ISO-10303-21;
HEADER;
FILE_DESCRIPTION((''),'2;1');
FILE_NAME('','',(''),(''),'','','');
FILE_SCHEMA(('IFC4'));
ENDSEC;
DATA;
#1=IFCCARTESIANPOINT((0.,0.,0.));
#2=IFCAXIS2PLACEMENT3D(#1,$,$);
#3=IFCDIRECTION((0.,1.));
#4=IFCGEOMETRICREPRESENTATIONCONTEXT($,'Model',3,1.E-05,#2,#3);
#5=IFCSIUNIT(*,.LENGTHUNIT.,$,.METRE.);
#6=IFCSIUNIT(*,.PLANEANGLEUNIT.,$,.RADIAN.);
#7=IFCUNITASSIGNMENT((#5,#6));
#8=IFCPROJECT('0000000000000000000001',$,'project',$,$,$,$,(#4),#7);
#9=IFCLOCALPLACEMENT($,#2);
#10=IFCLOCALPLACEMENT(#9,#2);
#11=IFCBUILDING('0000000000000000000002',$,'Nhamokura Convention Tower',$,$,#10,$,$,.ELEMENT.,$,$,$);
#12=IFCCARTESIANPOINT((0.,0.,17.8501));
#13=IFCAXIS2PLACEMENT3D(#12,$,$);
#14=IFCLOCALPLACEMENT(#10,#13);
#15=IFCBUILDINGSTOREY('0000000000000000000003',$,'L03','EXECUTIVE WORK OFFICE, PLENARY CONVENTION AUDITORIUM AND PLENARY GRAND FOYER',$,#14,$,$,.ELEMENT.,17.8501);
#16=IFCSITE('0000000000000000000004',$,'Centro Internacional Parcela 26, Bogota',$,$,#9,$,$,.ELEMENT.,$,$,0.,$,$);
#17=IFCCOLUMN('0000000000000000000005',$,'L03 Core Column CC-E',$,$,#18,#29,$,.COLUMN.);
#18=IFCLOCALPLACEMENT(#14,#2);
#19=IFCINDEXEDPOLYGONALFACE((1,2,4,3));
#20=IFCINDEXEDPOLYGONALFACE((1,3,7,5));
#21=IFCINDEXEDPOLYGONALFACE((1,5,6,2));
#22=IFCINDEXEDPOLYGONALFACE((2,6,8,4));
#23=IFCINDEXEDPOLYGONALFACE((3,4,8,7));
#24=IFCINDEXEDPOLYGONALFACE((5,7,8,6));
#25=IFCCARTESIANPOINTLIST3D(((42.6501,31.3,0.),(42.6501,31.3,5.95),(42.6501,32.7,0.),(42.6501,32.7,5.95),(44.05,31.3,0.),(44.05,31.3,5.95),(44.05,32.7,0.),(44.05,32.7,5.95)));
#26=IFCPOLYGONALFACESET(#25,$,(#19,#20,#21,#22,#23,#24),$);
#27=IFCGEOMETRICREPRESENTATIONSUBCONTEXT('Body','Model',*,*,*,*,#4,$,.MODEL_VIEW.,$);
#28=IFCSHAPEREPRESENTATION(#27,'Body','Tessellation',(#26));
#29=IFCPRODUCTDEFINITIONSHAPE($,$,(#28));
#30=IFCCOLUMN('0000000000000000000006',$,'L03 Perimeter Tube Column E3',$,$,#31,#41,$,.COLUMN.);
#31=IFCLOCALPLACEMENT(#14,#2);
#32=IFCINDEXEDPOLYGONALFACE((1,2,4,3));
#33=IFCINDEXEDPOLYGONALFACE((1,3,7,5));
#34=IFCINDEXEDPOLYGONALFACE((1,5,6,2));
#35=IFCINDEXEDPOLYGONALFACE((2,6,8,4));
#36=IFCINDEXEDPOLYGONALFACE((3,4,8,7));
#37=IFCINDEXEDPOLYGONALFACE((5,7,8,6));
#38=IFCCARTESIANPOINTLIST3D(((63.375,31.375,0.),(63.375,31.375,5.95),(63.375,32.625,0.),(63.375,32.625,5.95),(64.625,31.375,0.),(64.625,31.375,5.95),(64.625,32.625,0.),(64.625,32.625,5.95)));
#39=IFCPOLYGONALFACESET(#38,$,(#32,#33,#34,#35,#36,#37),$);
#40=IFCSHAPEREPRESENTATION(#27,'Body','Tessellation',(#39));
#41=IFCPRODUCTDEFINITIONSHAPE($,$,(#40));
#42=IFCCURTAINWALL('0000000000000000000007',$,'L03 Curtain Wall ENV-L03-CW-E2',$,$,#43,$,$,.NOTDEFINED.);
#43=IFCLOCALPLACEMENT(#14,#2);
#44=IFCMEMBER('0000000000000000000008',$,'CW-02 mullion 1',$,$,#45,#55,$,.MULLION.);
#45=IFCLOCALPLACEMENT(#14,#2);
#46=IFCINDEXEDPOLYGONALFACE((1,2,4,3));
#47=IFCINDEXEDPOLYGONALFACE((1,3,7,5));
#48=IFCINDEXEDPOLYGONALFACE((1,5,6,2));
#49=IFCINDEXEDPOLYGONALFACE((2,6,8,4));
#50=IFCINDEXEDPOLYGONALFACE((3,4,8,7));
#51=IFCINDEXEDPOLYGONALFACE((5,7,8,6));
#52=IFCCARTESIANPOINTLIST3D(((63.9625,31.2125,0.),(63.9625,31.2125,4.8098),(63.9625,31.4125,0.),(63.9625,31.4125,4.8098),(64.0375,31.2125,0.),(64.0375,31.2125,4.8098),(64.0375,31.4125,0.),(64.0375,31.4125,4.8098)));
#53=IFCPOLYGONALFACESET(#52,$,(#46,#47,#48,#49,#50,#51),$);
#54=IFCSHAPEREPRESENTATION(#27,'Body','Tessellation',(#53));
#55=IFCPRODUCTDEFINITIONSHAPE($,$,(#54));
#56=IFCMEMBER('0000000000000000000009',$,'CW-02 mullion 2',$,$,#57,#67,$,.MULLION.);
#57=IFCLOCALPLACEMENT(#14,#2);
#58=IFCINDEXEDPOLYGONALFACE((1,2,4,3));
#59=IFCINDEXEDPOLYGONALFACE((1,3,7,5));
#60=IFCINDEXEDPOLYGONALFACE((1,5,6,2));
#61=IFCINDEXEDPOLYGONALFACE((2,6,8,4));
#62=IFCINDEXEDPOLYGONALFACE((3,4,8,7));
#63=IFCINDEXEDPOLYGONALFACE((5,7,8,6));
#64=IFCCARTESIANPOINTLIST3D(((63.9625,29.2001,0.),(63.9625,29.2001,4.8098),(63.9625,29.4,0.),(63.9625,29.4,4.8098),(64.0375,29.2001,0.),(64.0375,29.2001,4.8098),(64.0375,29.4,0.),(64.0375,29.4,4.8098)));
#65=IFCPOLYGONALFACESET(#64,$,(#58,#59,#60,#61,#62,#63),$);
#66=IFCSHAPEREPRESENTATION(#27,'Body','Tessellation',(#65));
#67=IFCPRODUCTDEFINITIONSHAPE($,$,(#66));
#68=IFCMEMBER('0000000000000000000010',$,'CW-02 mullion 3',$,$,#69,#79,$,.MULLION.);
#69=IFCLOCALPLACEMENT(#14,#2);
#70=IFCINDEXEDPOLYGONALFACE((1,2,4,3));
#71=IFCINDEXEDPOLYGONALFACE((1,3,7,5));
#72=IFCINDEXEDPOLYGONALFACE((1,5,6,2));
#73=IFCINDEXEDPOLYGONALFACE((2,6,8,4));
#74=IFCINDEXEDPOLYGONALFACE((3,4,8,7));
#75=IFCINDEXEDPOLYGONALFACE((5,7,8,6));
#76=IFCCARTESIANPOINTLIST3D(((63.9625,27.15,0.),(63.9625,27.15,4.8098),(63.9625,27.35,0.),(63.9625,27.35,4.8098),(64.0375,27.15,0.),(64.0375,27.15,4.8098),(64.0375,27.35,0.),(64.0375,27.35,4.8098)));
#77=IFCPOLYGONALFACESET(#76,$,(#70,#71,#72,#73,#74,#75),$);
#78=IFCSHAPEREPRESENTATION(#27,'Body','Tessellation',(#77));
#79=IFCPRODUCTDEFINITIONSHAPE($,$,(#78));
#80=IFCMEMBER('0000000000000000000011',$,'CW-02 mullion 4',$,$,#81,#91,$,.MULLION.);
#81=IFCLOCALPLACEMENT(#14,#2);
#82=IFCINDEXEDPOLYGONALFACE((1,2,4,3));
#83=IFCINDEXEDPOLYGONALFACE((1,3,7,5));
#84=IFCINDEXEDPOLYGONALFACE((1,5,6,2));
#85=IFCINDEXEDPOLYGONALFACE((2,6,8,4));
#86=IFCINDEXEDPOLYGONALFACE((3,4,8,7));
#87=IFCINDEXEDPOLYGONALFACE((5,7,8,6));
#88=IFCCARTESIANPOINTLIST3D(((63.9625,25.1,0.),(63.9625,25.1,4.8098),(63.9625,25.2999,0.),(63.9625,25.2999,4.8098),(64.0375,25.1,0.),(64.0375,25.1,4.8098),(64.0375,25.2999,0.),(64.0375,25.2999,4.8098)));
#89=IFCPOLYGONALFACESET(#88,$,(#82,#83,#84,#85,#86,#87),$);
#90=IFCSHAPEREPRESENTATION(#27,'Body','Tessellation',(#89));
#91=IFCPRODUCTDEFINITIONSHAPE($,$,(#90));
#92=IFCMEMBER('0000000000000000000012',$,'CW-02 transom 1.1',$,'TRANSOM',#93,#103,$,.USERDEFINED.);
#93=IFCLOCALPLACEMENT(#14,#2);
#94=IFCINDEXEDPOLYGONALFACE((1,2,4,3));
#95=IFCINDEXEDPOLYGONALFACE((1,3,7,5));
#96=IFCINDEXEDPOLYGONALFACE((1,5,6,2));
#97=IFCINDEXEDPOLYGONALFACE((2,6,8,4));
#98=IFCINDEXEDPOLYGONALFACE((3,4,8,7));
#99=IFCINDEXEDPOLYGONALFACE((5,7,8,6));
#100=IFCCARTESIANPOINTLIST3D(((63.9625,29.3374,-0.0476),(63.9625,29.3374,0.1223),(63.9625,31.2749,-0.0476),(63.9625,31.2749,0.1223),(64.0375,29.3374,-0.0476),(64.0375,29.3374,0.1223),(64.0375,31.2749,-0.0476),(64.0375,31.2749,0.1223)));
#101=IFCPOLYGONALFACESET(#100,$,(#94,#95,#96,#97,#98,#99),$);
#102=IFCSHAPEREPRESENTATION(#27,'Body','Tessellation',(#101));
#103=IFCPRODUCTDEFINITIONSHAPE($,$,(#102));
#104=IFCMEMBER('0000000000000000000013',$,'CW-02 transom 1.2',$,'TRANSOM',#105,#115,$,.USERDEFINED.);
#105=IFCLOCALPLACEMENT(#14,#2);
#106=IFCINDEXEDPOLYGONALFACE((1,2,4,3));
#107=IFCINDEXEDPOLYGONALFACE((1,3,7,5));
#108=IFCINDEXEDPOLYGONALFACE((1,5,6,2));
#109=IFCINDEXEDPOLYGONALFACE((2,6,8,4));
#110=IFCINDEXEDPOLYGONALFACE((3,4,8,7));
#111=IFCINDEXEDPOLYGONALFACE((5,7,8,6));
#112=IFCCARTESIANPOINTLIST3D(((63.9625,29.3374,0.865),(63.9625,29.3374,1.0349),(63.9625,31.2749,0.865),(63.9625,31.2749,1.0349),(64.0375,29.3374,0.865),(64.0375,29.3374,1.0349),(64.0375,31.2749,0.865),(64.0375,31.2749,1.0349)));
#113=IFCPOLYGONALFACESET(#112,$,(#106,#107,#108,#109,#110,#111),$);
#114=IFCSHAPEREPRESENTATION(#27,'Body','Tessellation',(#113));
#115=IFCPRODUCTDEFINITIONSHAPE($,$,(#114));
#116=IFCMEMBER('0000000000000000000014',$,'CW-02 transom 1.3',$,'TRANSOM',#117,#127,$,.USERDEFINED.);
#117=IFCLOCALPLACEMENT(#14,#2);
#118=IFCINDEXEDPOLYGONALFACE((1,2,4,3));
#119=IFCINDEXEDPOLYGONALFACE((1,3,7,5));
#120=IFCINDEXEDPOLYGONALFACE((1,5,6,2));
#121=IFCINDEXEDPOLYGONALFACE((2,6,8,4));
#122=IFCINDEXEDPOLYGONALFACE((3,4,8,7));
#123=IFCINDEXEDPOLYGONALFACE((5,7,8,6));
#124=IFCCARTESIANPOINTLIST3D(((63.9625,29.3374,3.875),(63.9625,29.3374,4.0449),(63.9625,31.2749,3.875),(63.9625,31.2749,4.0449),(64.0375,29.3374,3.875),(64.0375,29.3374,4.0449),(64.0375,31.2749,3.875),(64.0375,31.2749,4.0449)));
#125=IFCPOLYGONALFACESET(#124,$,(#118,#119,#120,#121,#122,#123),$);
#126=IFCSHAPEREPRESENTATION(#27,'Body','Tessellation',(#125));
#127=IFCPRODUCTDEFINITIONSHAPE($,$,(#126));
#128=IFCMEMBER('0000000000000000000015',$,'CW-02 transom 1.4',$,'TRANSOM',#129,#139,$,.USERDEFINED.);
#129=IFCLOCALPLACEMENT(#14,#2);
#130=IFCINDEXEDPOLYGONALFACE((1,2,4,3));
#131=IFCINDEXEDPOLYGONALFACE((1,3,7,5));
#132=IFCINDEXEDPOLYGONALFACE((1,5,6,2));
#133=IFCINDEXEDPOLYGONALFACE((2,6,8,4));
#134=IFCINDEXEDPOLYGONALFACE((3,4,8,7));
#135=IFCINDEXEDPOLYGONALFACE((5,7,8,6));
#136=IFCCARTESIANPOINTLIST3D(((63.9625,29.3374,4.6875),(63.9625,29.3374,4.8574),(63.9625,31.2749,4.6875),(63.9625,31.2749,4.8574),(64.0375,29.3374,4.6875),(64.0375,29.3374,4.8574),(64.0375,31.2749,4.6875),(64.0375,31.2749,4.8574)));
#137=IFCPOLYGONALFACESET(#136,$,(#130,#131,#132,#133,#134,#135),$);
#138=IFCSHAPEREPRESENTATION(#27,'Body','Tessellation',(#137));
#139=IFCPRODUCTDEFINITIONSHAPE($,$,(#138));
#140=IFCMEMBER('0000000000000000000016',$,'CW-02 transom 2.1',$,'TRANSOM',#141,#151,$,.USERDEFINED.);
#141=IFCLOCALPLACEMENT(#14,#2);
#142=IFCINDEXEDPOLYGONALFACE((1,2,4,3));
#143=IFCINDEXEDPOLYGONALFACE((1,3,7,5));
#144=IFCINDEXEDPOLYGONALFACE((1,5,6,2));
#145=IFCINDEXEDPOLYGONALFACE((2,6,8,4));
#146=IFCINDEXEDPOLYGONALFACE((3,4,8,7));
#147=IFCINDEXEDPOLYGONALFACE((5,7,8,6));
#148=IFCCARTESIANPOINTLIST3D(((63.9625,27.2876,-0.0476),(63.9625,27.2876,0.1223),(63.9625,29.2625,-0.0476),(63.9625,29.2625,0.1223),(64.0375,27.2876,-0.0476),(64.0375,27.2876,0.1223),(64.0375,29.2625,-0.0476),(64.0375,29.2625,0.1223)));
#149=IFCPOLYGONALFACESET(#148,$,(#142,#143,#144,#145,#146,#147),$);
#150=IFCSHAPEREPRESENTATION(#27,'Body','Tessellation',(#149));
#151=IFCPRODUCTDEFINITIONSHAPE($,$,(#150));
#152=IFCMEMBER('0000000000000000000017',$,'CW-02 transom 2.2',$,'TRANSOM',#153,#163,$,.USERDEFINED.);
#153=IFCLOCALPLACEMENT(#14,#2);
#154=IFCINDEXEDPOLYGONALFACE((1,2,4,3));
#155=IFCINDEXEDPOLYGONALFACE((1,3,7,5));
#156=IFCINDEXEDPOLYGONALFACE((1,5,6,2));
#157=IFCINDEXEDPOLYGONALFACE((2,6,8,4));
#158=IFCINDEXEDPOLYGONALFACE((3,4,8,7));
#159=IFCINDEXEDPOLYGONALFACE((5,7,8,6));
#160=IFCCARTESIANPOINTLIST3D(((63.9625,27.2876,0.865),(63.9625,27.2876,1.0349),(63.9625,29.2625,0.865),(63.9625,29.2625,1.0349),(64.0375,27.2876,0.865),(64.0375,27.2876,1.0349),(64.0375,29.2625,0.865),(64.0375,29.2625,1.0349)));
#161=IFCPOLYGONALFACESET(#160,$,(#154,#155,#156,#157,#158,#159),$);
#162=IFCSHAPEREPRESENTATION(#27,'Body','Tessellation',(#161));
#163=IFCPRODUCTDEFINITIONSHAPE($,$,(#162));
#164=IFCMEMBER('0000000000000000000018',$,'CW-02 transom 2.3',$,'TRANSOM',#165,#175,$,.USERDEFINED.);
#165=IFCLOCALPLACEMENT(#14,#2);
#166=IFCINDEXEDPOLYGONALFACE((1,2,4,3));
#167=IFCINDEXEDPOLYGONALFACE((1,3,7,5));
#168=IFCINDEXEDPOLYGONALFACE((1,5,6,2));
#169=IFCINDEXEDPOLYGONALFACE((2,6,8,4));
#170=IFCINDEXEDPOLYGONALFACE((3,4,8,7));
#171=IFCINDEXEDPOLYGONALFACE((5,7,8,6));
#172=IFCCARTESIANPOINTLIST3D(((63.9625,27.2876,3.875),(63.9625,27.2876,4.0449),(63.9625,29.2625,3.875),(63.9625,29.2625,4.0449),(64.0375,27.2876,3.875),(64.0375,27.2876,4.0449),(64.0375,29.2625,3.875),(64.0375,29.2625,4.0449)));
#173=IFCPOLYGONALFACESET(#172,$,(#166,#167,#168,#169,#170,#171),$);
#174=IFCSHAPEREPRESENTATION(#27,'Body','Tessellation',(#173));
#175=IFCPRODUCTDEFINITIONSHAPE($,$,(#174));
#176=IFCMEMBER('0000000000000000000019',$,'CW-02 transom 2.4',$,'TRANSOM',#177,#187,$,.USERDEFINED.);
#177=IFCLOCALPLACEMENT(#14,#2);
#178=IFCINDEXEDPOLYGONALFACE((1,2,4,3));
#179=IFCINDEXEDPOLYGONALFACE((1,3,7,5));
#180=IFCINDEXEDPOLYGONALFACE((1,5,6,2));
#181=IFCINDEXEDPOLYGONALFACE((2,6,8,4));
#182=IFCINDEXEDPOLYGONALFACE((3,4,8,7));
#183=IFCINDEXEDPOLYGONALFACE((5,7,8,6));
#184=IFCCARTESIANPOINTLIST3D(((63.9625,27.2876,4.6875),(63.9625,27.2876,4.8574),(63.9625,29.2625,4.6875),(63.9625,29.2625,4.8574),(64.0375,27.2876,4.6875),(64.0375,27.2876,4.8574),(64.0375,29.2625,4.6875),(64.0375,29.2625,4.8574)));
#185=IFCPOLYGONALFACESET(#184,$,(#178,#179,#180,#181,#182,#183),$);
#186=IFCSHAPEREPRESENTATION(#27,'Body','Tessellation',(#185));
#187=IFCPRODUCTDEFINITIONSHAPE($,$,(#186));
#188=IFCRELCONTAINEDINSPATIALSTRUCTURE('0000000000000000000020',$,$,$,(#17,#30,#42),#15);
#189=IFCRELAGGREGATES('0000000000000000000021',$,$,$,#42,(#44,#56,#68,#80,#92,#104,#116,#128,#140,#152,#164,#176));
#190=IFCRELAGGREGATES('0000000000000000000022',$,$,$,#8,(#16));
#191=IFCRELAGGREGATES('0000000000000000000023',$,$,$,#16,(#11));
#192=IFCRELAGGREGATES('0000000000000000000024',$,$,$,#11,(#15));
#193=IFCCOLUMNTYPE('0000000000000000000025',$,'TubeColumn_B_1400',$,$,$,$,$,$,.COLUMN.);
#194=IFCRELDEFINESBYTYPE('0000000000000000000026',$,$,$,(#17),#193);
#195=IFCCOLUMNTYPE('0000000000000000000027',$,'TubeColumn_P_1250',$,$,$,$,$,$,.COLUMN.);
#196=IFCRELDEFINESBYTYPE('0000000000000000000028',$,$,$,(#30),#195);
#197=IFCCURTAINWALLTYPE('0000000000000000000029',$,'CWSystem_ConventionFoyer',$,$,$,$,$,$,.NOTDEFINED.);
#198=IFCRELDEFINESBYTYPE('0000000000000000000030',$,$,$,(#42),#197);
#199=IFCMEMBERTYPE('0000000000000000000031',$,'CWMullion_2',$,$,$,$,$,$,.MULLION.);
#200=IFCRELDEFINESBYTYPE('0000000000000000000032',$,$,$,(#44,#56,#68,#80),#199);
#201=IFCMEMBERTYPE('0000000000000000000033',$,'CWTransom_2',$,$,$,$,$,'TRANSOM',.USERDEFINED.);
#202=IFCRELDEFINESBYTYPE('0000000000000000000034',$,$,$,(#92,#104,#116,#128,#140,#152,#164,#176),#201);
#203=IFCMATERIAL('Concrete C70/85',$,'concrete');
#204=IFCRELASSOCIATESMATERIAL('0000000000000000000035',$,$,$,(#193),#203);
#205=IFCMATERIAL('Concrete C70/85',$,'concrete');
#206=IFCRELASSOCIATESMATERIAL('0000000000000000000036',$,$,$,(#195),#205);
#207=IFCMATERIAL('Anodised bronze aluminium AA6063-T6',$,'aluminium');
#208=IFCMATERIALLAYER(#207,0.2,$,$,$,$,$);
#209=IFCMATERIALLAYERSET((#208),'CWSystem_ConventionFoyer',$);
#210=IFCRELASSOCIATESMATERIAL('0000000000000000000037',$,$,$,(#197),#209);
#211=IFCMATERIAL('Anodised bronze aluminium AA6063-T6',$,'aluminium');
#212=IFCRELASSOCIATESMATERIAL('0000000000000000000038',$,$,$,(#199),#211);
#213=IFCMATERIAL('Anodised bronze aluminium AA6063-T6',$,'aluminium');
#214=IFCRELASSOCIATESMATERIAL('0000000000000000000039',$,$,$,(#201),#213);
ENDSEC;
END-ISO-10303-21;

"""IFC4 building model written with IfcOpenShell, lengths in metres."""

from ifc_helpers import new_model, si_unit, direction, frame, origin, origin_2d, place, context, subcontext, project, spatial, rectangle, extrude, material, layer, layer_set, material_profile, profile_set, type_object, element, aggregate, save


model = new_model("IFC4")

# Units and contexts
model_context = context("Model", 3, precision=1e-05, world=origin(), true_north=direction((0.0, 1.0)))
body_context = subcontext(model_context, "Body", "Model", "MODEL_VIEW")
ifc_project = project(units=[si_unit("LENGTHUNIT", "METRE"), si_unit("PLANEANGLEUNIT", "RADIAN")], contexts=[model_context])

# Site, building, storey
site_placement = place(None, origin())
site = spatial("IfcSite", under=ifc_project, at=site_placement, Name="Centro Internacional Parcela 26, Bogota", CompositionType="ELEMENT", RefElevation=0.0)
building_placement = place(site_placement, origin())
building = spatial("IfcBuilding", under=site, at=building_placement, Name="Nhamokura Convention Tower", CompositionType="ELEMENT")
storey_placement = place(building_placement, frame((0.0, 0.0, 17.8501)))
storey = spatial("IfcBuildingStorey", under=building, at=storey_placement, Name="L03", Description="EXECUTIVE WORK OFFICE, PLENARY CONVENTION AUDITORIUM AND PLENARY GRAND FOYER", CompositionType="ELEMENT", Elevation=17.8501)

# Columns
ifc_material_1 = material(Name="Concrete C70/85", Category="concrete")
ifc_material_profile_1 = material_profile(ifc_material_1, rectangle(XDim=1.3999, YDim=1.3999, at=origin_2d()))
ifc_profile_set_1 = profile_set([ifc_material_profile_1], Name="Concrete C70/85")
column_type_1 = type_object("IfcColumnType", Name="TubeColumn_B_1400", PredefinedType="COLUMN", material=ifc_profile_set_1)
column_1_placement = place(storey_placement, frame((43.3501, 32.0, 0.0), z_axis=(0.0, 0.0, 1.0), x_axis=(1.0, 0.0, 0.0)))
element("IfcColumn", 1, at=column_1_placement, inside=storey, type_object=column_type_1, Name="L03 Core Column CC-E", PredefinedType="COLUMN", context=body_context, shape_type="SweptSolid", body=[
    extrude(rectangle(XDim=1.3999, YDim=1.3999, at=origin_2d()), origin(), (0.0, 0.0, 1.0), 5.95),
])
ifc_material_2 = material(Name="Concrete C70/85", Category="concrete")
ifc_material_profile_2 = material_profile(ifc_material_2, rectangle(XDim=1.25, YDim=1.25, at=origin_2d()))
ifc_profile_set_2 = profile_set([ifc_material_profile_2], Name="Concrete C70/85")
column_type_2 = type_object("IfcColumnType", Name="TubeColumn_P_1250", PredefinedType="COLUMN", material=ifc_profile_set_2)
column_2_placement = place(storey_placement, frame((64.0, 32.0, 0.0), z_axis=(0.0, 0.0, 1.0), x_axis=(1.0, 0.0, 0.0)))
element("IfcColumn", 2, at=column_2_placement, inside=storey, type_object=column_type_2, Name="L03 Perimeter Tube Column E3", PredefinedType="COLUMN", context=body_context, shape_type="SweptSolid", body=[
    extrude(rectangle(XDim=1.25, YDim=1.25, at=origin_2d()), origin(), (0.0, 0.0, 1.0), 5.95),
])

# Curtain wall, members
ifc_material_3 = material(Name="Anodised bronze aluminium AA6063-T6", Category="aluminium")
ifc_layer_1 = layer(ifc_material_3, 0.2)
ifc_layer_set_1 = layer_set([ifc_layer_1], Name="CWSystem_ConventionFoyer")
curtain_wall_type = type_object("IfcCurtainWallType", Name="CWSystem_ConventionFoyer", PredefinedType="NOTDEFINED", material=ifc_layer_set_1)
curtain_wall_placement = place(storey_placement, origin())
curtain_wall = element("IfcCurtainWall", 3, at=curtain_wall_placement, inside=storey, type_object=curtain_wall_type, Name="L03 Curtain Wall ENV-L03-CW-E2", PredefinedType="NOTDEFINED")
ifc_material_4 = material(Name="Anodised bronze aluminium AA6063-T6", Category="aluminium")
ifc_material_profile_3 = material_profile(ifc_material_4, rectangle(XDim=0.075, YDim=0.2, at=origin_2d()))
ifc_profile_set_3 = profile_set([ifc_material_profile_3], Name="Anodised bronze aluminium AA6063-T6")
member_type_1 = type_object("IfcMemberType", Name="CWMullion_2", PredefinedType="MULLION", material=ifc_profile_set_3)
member_1_placement = place(storey_placement, frame((64.0, 31.3125, 0.0), z_axis=(0.0, 0.0, 1.0), x_axis=(1.0, 0.0, 0.0)))
member_1 = element("IfcMember", 4, at=member_1_placement, type_object=member_type_1, Name="CW-02 mullion 1", PredefinedType="MULLION", context=body_context, shape_type="SweptSolid", body=[
    extrude(rectangle(XDim=0.075, YDim=0.2, at=origin_2d()), origin(), (0.0, 0.0, 1.0), 4.8098),
])
member_2_placement = place(storey_placement, frame((64.0, 29.3, 0.0), z_axis=(0.0, 0.0, 1.0), x_axis=(1.0, 0.0, 0.0)))
member_2 = element("IfcMember", 5, at=member_2_placement, type_object=member_type_1, Name="CW-02 mullion 2", PredefinedType="MULLION", context=body_context, shape_type="SweptSolid", body=[
    extrude(rectangle(XDim=0.075, YDim=0.2, at=origin_2d()), origin(), (0.0, 0.0, 1.0), 4.8098),
])
member_3_placement = place(storey_placement, frame((64.0, 27.25, 0.0), z_axis=(0.0, 0.0, 1.0), x_axis=(1.0, 0.0, 0.0)))
member_3 = element("IfcMember", 6, at=member_3_placement, type_object=member_type_1, Name="CW-02 mullion 3", PredefinedType="MULLION", context=body_context, shape_type="SweptSolid", body=[
    extrude(rectangle(XDim=0.075, YDim=0.2, at=origin_2d()), origin(), (0.0, 0.0, 1.0), 4.8098),
])
member_4_placement = place(storey_placement, frame((64.0, 25.2, 0.0), z_axis=(0.0, 0.0, 1.0), x_axis=(1.0, 0.0, 0.0)))
member_4 = element("IfcMember", 7, at=member_4_placement, type_object=member_type_1, Name="CW-02 mullion 4", PredefinedType="MULLION", context=body_context, shape_type="SweptSolid", body=[
    extrude(rectangle(XDim=0.075, YDim=0.2, at=origin_2d()), origin(), (0.0, 0.0, 1.0), 4.8098),
])
ifc_material_5 = material(Name="Anodised bronze aluminium AA6063-T6", Category="aluminium")
ifc_material_profile_4 = material_profile(ifc_material_5, rectangle(XDim=0.075, YDim=0.1699, at=origin_2d()))
ifc_profile_set_4 = profile_set([ifc_material_profile_4], Name="Anodised bronze aluminium AA6063-T6")
member_type_2 = type_object("IfcMemberType", Name="CWTransom_2", ElementType="TRANSOM", PredefinedType="USERDEFINED", material=ifc_profile_set_4)
member_5_placement = place(storey_placement, frame((64.0, 31.2749, 0.0374), z_axis=(0.0, -1.0, 0.0), x_axis=(1.0, 0.0, 0.0)))
member_5 = element("IfcMember", 8, at=member_5_placement, type_object=member_type_2, Name="CW-02 transom 1.1", ObjectType="TRANSOM", PredefinedType="USERDEFINED", context=body_context, shape_type="SweptSolid", body=[
    extrude(rectangle(XDim=0.075, YDim=0.1699, at=origin_2d()), origin(), (0.0, 0.0, 1.0), 1.9375),
])
member_6_placement = place(storey_placement, frame((64.0, 31.2749, 0.95), z_axis=(0.0, -1.0, 0.0), x_axis=(1.0, 0.0, 0.0)))
member_6 = element("IfcMember", 9, at=member_6_placement, type_object=member_type_2, Name="CW-02 transom 1.2", ObjectType="TRANSOM", PredefinedType="USERDEFINED", context=body_context, shape_type="SweptSolid", body=[
    extrude(rectangle(XDim=0.075, YDim=0.1699, at=origin_2d()), origin(), (0.0, 0.0, 1.0), 1.9375),
])
member_7_placement = place(storey_placement, frame((64.0, 31.2749, 3.96), z_axis=(0.0, -1.0, 0.0), x_axis=(1.0, 0.0, 0.0)))
member_7 = element("IfcMember", 10, at=member_7_placement, type_object=member_type_2, Name="CW-02 transom 1.3", ObjectType="TRANSOM", PredefinedType="USERDEFINED", context=body_context, shape_type="SweptSolid", body=[
    extrude(rectangle(XDim=0.075, YDim=0.1699, at=origin_2d()), origin(), (0.0, 0.0, 1.0), 1.9375),
])
member_8_placement = place(storey_placement, frame((64.0, 31.2749, 4.7725), z_axis=(0.0, -1.0, 0.0), x_axis=(1.0, 0.0, 0.0)))
member_8 = element("IfcMember", 11, at=member_8_placement, type_object=member_type_2, Name="CW-02 transom 1.4", ObjectType="TRANSOM", PredefinedType="USERDEFINED", context=body_context, shape_type="SweptSolid", body=[
    extrude(rectangle(XDim=0.075, YDim=0.1699, at=origin_2d()), origin(), (0.0, 0.0, 1.0), 1.9375),
])
member_9_placement = place(storey_placement, frame((64.0, 29.2625, 0.0374), z_axis=(0.0, -1.0, 0.0), x_axis=(1.0, 0.0, 0.0)))
member_9 = element("IfcMember", 12, at=member_9_placement, type_object=member_type_2, Name="CW-02 transom 2.1", ObjectType="TRANSOM", PredefinedType="USERDEFINED", context=body_context, shape_type="SweptSolid", body=[
    extrude(rectangle(XDim=0.075, YDim=0.1699, at=origin_2d()), origin(), (0.0, 0.0, 1.0), 1.9749),
])
member_10_placement = place(storey_placement, frame((64.0, 29.2625, 0.95), z_axis=(0.0, -1.0, 0.0), x_axis=(1.0, 0.0, 0.0)))
member_10 = element("IfcMember", 13, at=member_10_placement, type_object=member_type_2, Name="CW-02 transom 2.2", ObjectType="TRANSOM", PredefinedType="USERDEFINED", context=body_context, shape_type="SweptSolid", body=[
    extrude(rectangle(XDim=0.075, YDim=0.1699, at=origin_2d()), origin(), (0.0, 0.0, 1.0), 1.9749),
])
member_11_placement = place(storey_placement, frame((64.0, 29.2625, 3.96), z_axis=(0.0, -1.0, 0.0), x_axis=(1.0, 0.0, 0.0)))
member_11 = element("IfcMember", 14, at=member_11_placement, type_object=member_type_2, Name="CW-02 transom 2.3", ObjectType="TRANSOM", PredefinedType="USERDEFINED", context=body_context, shape_type="SweptSolid", body=[
    extrude(rectangle(XDim=0.075, YDim=0.1699, at=origin_2d()), origin(), (0.0, 0.0, 1.0), 1.9749),
])
member_12_placement = place(storey_placement, frame((64.0, 29.2625, 4.7725), z_axis=(0.0, -1.0, 0.0), x_axis=(1.0, 0.0, 0.0)))
member_12 = element("IfcMember", 15, at=member_12_placement, type_object=member_type_2, Name="CW-02 transom 2.4", ObjectType="TRANSOM", PredefinedType="USERDEFINED", context=body_context, shape_type="SweptSolid", body=[
    extrude(rectangle(XDim=0.075, YDim=0.1699, at=origin_2d()), origin(), (0.0, 0.0, 1.0), 1.9749),
])

aggregate(curtain_wall, [member_1, member_2, member_3, member_4, member_5, member_6, member_7, member_8, member_9, member_10, member_11, member_12])

save(model, "model.ifc")
